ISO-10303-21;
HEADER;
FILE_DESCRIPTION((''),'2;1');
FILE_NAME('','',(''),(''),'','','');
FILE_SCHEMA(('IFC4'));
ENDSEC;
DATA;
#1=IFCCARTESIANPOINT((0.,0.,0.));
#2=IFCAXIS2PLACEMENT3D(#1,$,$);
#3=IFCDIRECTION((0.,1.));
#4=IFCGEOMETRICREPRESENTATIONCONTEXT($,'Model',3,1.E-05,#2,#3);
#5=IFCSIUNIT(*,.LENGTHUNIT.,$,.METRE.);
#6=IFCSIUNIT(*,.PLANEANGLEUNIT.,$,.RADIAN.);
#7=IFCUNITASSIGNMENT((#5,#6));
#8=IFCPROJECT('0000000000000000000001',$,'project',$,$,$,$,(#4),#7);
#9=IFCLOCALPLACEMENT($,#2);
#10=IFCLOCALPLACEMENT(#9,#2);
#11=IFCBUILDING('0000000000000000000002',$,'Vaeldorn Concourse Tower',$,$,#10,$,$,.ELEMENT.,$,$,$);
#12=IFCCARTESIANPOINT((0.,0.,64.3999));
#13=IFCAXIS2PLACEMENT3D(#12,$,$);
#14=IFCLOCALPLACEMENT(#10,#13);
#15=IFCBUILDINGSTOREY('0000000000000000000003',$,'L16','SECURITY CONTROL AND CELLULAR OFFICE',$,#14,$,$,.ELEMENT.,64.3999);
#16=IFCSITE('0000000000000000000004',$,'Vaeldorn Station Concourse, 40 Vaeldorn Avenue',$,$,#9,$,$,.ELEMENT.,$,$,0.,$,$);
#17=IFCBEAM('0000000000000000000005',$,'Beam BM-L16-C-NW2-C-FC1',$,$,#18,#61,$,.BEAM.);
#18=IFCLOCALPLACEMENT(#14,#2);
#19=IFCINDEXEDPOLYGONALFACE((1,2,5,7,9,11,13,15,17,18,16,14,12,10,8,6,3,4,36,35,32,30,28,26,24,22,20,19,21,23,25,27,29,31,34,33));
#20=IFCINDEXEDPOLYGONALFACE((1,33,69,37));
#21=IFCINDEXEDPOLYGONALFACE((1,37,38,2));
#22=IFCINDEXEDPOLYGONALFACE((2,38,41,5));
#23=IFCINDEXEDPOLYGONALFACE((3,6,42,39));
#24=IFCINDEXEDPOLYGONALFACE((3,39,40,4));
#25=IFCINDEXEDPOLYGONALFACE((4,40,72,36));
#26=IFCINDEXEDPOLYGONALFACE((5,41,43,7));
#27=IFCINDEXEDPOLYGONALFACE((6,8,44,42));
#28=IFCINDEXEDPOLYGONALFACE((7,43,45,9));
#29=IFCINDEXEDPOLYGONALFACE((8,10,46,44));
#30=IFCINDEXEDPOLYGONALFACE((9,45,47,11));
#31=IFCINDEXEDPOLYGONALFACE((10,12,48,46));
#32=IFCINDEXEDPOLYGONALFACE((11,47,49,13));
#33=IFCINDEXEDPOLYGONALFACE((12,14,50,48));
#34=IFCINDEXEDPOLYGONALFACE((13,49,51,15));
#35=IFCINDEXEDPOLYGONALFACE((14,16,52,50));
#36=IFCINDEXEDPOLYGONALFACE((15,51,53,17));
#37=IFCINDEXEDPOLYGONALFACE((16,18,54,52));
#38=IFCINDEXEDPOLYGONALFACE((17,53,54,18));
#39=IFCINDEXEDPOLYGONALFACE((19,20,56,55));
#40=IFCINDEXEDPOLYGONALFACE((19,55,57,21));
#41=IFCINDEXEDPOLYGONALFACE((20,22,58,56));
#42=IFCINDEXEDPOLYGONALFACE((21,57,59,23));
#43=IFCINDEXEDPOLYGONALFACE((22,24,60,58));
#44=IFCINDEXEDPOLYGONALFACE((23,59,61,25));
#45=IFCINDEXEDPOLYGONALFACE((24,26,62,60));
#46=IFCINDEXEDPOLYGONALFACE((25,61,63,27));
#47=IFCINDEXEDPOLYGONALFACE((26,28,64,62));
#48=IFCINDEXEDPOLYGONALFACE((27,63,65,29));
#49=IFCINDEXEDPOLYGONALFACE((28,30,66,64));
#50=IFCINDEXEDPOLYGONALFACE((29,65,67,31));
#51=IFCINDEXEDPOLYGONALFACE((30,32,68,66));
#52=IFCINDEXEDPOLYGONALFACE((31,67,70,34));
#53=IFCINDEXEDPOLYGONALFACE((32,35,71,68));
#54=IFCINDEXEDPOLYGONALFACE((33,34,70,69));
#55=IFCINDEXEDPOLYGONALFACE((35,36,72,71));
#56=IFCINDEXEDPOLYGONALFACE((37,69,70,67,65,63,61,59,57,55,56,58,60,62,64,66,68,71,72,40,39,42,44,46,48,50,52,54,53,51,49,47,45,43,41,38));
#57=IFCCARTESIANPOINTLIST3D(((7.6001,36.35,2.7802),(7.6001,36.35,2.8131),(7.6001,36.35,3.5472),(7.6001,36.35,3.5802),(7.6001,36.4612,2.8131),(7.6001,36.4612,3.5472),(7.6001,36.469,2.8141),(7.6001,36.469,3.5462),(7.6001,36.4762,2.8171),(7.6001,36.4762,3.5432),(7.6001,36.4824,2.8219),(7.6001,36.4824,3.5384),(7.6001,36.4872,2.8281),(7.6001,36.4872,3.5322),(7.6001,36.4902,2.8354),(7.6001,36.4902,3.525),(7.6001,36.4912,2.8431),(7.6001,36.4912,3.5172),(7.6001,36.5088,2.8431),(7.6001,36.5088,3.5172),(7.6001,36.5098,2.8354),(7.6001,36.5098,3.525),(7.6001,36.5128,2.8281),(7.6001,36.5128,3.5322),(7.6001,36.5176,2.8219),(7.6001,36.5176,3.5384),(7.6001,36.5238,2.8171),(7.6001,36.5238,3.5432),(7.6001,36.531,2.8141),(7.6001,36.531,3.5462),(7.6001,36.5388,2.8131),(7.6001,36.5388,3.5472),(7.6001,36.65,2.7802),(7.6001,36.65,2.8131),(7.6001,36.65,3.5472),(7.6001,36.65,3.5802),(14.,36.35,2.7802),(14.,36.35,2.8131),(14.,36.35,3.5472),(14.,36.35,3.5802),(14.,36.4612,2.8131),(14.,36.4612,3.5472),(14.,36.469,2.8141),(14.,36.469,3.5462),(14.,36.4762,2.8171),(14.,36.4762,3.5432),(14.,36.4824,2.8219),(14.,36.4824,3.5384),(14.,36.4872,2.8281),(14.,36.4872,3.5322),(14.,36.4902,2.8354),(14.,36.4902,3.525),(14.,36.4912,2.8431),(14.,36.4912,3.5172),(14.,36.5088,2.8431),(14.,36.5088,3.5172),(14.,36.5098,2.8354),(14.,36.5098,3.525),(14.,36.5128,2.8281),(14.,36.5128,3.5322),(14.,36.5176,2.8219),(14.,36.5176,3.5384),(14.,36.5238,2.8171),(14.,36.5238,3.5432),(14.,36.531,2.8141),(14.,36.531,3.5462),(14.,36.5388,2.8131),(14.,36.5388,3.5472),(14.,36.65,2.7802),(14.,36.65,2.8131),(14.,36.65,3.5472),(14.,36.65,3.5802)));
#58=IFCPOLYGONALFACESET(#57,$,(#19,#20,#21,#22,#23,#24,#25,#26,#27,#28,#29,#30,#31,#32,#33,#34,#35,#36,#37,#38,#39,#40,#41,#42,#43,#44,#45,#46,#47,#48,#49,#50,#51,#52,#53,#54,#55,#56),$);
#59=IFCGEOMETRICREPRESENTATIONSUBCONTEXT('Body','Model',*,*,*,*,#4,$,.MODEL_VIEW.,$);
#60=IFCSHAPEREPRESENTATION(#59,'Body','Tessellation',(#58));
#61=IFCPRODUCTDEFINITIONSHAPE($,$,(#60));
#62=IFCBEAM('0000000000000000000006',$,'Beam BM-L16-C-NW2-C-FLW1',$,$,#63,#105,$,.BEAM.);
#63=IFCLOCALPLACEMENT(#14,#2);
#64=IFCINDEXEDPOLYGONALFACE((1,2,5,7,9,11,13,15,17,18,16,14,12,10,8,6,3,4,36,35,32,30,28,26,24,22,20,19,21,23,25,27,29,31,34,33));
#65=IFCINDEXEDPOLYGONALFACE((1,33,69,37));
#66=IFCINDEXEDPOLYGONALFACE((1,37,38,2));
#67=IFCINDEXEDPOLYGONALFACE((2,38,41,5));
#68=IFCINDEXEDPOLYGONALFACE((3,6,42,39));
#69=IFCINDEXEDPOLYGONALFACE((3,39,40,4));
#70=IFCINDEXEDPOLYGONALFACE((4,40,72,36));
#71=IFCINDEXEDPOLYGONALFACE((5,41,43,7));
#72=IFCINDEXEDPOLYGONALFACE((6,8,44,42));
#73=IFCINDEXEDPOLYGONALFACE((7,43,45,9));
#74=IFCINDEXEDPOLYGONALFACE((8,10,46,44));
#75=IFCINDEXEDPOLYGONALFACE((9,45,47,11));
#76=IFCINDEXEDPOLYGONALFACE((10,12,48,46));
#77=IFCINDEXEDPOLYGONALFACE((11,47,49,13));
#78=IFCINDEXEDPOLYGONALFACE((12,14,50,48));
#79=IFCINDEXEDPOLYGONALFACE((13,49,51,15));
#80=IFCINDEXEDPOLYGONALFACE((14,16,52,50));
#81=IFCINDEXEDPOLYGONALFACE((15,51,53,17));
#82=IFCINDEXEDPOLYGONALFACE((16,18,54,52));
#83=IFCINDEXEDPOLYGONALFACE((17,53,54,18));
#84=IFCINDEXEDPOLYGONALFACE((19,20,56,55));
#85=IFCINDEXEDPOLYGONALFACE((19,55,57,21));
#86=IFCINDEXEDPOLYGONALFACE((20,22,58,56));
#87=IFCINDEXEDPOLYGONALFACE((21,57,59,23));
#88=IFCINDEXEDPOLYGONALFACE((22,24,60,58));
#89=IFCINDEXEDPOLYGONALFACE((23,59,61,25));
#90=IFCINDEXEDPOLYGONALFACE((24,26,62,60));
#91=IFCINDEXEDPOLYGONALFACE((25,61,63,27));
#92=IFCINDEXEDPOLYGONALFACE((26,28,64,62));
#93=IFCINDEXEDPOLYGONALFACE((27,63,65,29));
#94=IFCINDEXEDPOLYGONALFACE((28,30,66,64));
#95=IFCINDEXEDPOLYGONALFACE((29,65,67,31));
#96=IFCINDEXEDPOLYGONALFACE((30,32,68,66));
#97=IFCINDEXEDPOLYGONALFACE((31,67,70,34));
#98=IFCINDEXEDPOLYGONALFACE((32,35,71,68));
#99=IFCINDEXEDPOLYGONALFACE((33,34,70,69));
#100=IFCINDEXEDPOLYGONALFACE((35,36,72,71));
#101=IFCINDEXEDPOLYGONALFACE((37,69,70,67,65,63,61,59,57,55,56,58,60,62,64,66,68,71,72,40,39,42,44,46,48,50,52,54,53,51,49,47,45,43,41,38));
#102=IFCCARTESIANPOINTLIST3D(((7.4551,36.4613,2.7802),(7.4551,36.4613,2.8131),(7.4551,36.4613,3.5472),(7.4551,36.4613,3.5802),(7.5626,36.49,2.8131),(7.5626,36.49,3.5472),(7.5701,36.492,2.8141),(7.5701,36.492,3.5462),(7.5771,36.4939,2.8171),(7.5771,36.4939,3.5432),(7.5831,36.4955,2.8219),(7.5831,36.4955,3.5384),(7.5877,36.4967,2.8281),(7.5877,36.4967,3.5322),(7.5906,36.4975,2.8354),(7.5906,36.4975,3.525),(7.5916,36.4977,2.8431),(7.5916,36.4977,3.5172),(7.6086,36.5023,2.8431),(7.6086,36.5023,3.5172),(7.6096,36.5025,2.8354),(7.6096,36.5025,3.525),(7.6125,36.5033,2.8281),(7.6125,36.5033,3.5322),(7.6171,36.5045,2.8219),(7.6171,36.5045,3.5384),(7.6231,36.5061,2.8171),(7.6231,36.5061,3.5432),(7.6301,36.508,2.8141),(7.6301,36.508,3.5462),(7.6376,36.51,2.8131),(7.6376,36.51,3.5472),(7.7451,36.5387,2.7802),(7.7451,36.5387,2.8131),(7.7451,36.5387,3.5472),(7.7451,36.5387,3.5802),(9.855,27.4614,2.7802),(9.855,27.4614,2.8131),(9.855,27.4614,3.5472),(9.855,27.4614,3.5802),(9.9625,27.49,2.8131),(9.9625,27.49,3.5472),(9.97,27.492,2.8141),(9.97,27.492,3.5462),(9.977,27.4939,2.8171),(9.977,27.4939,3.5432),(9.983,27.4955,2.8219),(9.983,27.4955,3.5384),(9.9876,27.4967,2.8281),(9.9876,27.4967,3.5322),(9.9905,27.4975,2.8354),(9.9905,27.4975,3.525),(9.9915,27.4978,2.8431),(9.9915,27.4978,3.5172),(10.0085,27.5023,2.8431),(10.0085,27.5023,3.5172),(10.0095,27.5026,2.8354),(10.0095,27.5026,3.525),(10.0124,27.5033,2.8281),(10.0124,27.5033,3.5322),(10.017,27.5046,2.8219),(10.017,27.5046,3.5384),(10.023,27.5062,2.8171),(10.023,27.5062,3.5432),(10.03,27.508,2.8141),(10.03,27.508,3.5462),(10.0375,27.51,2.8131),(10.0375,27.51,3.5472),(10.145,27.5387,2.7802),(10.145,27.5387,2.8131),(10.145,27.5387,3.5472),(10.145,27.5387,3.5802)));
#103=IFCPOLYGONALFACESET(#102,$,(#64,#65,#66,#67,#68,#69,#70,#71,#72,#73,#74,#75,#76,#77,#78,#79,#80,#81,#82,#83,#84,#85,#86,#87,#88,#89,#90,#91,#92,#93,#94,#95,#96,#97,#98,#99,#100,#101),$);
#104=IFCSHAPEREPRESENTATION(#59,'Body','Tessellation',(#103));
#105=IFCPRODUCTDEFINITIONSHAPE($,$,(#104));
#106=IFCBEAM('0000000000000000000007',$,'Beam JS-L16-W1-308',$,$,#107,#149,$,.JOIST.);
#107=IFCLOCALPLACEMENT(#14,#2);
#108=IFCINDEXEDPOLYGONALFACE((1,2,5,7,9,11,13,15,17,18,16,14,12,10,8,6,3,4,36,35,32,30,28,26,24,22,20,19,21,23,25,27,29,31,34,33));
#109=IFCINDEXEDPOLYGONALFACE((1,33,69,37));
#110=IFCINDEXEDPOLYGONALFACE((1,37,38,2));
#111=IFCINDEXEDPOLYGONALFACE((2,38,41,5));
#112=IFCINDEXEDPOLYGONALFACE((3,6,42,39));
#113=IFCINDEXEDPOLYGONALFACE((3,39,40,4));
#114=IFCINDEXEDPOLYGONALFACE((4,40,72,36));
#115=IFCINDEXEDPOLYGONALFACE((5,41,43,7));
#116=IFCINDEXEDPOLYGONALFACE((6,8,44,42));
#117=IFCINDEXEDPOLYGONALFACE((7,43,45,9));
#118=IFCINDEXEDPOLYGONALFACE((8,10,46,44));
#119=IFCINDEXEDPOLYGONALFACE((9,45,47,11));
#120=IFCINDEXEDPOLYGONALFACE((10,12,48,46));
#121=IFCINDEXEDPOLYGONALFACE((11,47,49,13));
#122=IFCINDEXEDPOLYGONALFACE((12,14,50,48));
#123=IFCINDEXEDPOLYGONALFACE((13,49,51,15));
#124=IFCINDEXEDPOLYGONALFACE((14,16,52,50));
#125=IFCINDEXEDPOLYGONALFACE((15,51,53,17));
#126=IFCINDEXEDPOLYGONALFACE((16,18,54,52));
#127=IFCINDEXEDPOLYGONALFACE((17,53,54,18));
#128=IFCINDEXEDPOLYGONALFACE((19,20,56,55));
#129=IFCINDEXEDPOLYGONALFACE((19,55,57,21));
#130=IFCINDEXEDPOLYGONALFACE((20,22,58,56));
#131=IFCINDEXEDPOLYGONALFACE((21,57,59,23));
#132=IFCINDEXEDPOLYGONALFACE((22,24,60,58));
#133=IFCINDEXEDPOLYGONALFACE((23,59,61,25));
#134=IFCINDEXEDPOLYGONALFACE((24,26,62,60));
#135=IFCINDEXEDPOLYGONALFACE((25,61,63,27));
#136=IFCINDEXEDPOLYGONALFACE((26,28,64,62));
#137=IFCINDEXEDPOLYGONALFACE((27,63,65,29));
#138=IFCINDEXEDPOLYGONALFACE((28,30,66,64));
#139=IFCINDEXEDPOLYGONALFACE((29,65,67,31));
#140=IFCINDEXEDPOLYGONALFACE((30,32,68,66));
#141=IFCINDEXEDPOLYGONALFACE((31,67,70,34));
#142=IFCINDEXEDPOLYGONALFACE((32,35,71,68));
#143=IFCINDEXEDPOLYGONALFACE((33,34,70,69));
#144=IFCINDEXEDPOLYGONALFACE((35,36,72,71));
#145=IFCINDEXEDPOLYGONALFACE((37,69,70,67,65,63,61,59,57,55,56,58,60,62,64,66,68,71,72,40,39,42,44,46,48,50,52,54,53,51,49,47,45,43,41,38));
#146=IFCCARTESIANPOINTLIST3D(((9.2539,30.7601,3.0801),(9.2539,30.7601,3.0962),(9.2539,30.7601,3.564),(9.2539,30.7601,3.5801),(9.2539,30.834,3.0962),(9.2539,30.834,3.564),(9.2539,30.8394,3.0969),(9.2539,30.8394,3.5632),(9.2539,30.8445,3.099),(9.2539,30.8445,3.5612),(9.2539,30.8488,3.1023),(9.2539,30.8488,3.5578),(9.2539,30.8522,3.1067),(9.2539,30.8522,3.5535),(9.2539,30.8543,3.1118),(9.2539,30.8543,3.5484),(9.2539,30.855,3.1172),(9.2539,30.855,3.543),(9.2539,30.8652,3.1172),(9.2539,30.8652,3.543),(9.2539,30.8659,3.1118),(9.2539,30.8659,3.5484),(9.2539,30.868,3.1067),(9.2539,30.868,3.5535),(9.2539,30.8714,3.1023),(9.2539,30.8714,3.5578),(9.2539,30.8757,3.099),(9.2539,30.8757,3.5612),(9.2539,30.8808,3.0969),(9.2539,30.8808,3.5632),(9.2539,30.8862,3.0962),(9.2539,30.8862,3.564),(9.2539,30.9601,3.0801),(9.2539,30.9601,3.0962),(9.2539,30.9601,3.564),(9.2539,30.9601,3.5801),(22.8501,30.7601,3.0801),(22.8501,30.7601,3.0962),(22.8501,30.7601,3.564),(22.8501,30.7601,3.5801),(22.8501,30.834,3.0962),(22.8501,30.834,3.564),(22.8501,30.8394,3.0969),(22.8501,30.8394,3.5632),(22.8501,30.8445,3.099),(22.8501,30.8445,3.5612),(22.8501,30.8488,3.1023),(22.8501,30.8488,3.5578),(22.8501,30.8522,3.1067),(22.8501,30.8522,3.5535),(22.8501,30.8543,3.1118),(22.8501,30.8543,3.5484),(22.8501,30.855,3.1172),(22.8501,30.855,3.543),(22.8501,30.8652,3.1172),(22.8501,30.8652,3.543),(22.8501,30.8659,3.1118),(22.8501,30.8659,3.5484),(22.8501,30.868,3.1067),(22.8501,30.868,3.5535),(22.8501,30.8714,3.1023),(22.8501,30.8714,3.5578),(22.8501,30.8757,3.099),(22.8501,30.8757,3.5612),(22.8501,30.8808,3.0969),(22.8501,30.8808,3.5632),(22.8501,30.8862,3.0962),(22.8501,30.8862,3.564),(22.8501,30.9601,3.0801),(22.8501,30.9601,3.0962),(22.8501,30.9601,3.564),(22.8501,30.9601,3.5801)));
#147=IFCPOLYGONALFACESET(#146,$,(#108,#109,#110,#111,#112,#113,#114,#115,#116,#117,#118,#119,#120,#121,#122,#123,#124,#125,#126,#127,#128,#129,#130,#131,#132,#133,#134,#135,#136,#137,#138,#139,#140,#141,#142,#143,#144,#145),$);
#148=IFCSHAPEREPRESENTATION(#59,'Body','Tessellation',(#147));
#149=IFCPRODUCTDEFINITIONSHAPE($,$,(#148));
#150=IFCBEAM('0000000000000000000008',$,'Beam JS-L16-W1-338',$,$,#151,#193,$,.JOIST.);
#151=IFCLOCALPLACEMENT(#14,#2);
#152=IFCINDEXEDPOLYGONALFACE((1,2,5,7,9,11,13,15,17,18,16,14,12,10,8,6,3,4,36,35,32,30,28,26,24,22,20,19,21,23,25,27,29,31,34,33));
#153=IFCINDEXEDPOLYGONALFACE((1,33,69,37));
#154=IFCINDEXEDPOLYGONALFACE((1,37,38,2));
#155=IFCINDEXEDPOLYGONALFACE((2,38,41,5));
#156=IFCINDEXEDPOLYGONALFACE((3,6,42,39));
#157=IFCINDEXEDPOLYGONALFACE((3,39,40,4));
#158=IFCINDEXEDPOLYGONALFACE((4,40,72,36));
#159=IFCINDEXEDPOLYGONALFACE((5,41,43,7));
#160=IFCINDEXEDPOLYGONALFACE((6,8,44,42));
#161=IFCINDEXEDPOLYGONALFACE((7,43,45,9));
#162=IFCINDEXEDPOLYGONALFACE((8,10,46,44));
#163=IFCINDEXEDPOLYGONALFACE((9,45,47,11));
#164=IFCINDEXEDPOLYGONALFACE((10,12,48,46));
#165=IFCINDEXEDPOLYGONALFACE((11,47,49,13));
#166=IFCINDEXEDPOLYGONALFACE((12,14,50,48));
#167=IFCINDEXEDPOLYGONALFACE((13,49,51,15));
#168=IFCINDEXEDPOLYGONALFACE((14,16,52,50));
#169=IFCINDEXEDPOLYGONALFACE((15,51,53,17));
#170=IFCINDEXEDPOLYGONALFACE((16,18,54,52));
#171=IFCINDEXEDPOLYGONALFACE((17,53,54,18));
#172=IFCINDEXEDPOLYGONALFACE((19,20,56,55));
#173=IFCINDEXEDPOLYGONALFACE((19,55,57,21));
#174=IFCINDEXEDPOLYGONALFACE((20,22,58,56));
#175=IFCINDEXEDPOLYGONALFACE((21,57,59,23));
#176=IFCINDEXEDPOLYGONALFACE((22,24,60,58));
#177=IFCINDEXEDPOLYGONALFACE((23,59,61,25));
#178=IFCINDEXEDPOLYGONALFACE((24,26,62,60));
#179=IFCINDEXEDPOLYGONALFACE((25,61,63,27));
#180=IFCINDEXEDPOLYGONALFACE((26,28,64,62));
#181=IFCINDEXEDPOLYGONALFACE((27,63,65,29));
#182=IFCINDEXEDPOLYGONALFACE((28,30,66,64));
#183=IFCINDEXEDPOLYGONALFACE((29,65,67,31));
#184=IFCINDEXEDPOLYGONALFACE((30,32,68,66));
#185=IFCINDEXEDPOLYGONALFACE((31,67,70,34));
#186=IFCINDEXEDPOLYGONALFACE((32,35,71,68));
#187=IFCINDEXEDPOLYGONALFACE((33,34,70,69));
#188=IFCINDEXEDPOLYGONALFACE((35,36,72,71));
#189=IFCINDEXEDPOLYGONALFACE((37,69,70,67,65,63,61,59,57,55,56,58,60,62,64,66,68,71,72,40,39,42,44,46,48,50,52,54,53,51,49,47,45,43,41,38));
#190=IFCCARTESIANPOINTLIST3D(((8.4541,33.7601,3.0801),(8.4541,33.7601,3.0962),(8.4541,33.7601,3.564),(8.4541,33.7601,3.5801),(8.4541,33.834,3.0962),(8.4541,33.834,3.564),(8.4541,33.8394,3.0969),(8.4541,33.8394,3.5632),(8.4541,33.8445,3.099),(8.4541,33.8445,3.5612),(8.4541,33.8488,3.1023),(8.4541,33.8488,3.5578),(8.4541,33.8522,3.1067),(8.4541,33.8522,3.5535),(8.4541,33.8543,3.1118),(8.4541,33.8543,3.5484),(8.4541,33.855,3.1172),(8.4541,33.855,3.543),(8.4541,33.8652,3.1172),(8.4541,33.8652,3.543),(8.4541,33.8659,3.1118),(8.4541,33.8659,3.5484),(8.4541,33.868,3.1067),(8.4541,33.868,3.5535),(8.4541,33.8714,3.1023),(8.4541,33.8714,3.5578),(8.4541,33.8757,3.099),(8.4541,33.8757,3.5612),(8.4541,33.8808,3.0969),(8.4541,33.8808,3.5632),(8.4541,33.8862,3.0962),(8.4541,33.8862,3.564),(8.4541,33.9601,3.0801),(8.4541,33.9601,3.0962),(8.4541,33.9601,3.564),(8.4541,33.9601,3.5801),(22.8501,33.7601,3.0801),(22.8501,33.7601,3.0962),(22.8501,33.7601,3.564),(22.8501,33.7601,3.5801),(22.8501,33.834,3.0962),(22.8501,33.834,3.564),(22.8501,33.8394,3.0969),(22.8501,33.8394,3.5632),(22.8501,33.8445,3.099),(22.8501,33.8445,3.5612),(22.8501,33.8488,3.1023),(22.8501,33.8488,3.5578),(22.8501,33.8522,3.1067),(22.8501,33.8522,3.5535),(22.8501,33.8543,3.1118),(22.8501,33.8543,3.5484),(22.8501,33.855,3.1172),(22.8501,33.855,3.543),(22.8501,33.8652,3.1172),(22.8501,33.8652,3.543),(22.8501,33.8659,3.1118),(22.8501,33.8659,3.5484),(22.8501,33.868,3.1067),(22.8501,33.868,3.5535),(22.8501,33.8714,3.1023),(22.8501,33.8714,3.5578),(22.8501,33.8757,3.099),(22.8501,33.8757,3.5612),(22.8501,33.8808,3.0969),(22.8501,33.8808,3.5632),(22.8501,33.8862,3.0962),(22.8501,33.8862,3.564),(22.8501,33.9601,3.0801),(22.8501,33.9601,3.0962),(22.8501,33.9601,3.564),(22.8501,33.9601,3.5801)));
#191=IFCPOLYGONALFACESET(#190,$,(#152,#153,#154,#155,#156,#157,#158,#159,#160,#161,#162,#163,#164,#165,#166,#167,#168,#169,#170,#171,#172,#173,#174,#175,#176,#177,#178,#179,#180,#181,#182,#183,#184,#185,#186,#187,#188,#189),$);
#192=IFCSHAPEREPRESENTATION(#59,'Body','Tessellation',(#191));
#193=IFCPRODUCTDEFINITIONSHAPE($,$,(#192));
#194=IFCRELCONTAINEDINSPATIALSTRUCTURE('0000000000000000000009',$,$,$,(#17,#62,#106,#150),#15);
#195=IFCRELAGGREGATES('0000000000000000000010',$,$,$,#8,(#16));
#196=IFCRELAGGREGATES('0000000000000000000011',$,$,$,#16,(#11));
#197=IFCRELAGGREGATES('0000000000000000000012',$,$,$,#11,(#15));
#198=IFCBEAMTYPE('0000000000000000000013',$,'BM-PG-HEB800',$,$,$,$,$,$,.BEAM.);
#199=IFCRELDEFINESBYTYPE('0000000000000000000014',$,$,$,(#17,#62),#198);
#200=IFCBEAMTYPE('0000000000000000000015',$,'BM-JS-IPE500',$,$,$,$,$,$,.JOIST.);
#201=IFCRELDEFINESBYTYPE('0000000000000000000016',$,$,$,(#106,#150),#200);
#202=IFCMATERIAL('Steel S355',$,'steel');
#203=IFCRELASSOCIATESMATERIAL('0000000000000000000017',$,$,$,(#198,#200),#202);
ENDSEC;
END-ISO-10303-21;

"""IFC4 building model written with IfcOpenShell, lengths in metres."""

from ifc_helpers import new_model, si_unit, direction, frame, origin, origin_2d, place, context, subcontext, project, spatial, i_section, extrude, source, transform, mapped, material, material_profile, profile_set, type_object, element, save


model = new_model("IFC4")

# Units and contexts
model_context = context("Model", 3, precision=1e-05, world=origin(), true_north=direction((0.0, 1.0)))
body_context = subcontext(model_context, "Body", "Model", "MODEL_VIEW")
ifc_project = project(units=[si_unit("LENGTHUNIT", "METRE"), si_unit("PLANEANGLEUNIT", "RADIAN")], contexts=[model_context])

# Site, building, storey
site_placement = place(None, origin())
site = spatial("IfcSite", under=ifc_project, at=site_placement, Name="Vaeldorn Station Concourse, 40 Vaeldorn Avenue", CompositionType="ELEMENT", RefElevation=0.0)
building_placement = place(site_placement, origin())
building = spatial("IfcBuilding", under=site, at=building_placement, Name="Vaeldorn Concourse Tower", CompositionType="ELEMENT")
storey_placement = place(building_placement, frame((0.0, 0.0, 64.3999)))
storey = spatial("IfcBuildingStorey", under=building, at=storey_placement, Name="L16", Description="SECURITY CONTROL AND CELLULAR OFFICE", CompositionType="ELEMENT", Elevation=64.3999)

# Beams
ifc_material_1 = material(Name="Steel S355", Category="steel")
ifc_material_profile_1 = material_profile(ifc_material_1, i_section(OverallWidth=0.3, OverallDepth=0.8, WebThickness=0.0176, FlangeThickness=0.033, FilletRadius=0.03, at=origin_2d()), Name="HEB 800")
ifc_profile_set_1 = profile_set([ifc_material_profile_1], Name="Steel S355")
beam_type_1 = type_object("IfcBeamType", Name="BM-PG-HEB800", PredefinedType="BEAM", material=ifc_profile_set_1)
shared_shape_1 = source(origin(), body_context, "Body", "SweptSolid", [
    extrude(i_section(OverallWidth=0.3, OverallDepth=0.8, WebThickness=0.0176, FlangeThickness=0.033, FilletRadius=0.03, at=origin_2d()), origin(), (0.0, 0.0, 1.0), 6.3999),
])
beam_1_placement = place(storey_placement, frame((7.6001, 36.5, 3.1802), z_axis=(1.0, 0.0, 0.0), x_axis=(0.0, 1.0, 0.0)))
element("IfcBeam", 1, at=beam_1_placement, inside=storey, type_object=beam_type_1, Name="Beam BM-L16-C-NW2-C-FC1", PredefinedType="BEAM", context=body_context, shape_type="MappedRepresentation", body=[
    mapped(shared_shape_1, transform((0.0, 0.0, 0.0), scale=1.0)),
])
shared_shape_2 = source(origin(), body_context, "Body", "SweptSolid", [
    extrude(i_section(OverallWidth=0.3, OverallDepth=0.8, WebThickness=0.0176, FlangeThickness=0.033, FilletRadius=0.03, at=origin_2d()), origin(), (0.0, 0.0, 1.0), 9.3145),
])
beam_2_placement = place(storey_placement, frame((7.6001, 36.5, 3.1802), z_axis=(0.257653, -0.966238, 0.0), x_axis=(0.966238, 0.257653, 0.0)))
element("IfcBeam", 2, at=beam_2_placement, inside=storey, type_object=beam_type_1, Name="Beam BM-L16-C-NW2-C-FLW1", PredefinedType="BEAM", context=body_context, shape_type="MappedRepresentation", body=[
    mapped(shared_shape_2, transform((0.0, 0.0, 0.0), scale=1.0)),
])
ifc_material_profile_2 = material_profile(ifc_material_1, i_section(OverallWidth=0.2, OverallDepth=0.5, WebThickness=0.0103, FlangeThickness=0.0161, FilletRadius=0.021, at=origin_2d()), Name="IPE 500")
ifc_profile_set_2 = profile_set([ifc_material_profile_2], Name="Steel S355")
beam_type_2 = type_object("IfcBeamType", Name="BM-JS-IPE500", PredefinedType="JOIST", material=ifc_profile_set_2)
shared_shape_3 = source(origin(), body_context, "Body", "SweptSolid", [
    extrude(i_section(OverallWidth=0.2, OverallDepth=0.5, WebThickness=0.0103, FlangeThickness=0.0161, FilletRadius=0.021, at=origin_2d()), origin(), (0.0, 0.0, 1.0), 13.5962),
])
beam_3_placement = place(storey_placement, frame((9.2539, 30.8601, 3.3301), z_axis=(1.0, 0.0, 0.0), x_axis=(0.0, 1.0, 0.0)))
element("IfcBeam", 3, at=beam_3_placement, inside=storey, type_object=beam_type_2, Name="Beam JS-L16-W1-308", PredefinedType="JOIST", context=body_context, shape_type="MappedRepresentation", body=[
    mapped(shared_shape_3, transform((0.0, 0.0, 0.0), scale=1.0)),
])
shared_shape_4 = source(origin(), body_context, "Body", "SweptSolid", [
    extrude(i_section(OverallWidth=0.2, OverallDepth=0.5, WebThickness=0.0103, FlangeThickness=0.0161, FilletRadius=0.021, at=origin_2d()), origin(), (0.0, 0.0, 1.0), 14.396),
])
beam_4_placement = place(storey_placement, frame((8.4541, 33.8601, 3.3301), z_axis=(1.0, 0.0, 0.0), x_axis=(0.0, 1.0, 0.0)))
element("IfcBeam", 4, at=beam_4_placement, inside=storey, type_object=beam_type_2, Name="Beam JS-L16-W1-338", PredefinedType="JOIST", context=body_context, shape_type="MappedRepresentation", body=[
    mapped(shared_shape_4, transform((0.0, 0.0, 0.0), scale=1.0)),
])

save(model, "model.ifc")
